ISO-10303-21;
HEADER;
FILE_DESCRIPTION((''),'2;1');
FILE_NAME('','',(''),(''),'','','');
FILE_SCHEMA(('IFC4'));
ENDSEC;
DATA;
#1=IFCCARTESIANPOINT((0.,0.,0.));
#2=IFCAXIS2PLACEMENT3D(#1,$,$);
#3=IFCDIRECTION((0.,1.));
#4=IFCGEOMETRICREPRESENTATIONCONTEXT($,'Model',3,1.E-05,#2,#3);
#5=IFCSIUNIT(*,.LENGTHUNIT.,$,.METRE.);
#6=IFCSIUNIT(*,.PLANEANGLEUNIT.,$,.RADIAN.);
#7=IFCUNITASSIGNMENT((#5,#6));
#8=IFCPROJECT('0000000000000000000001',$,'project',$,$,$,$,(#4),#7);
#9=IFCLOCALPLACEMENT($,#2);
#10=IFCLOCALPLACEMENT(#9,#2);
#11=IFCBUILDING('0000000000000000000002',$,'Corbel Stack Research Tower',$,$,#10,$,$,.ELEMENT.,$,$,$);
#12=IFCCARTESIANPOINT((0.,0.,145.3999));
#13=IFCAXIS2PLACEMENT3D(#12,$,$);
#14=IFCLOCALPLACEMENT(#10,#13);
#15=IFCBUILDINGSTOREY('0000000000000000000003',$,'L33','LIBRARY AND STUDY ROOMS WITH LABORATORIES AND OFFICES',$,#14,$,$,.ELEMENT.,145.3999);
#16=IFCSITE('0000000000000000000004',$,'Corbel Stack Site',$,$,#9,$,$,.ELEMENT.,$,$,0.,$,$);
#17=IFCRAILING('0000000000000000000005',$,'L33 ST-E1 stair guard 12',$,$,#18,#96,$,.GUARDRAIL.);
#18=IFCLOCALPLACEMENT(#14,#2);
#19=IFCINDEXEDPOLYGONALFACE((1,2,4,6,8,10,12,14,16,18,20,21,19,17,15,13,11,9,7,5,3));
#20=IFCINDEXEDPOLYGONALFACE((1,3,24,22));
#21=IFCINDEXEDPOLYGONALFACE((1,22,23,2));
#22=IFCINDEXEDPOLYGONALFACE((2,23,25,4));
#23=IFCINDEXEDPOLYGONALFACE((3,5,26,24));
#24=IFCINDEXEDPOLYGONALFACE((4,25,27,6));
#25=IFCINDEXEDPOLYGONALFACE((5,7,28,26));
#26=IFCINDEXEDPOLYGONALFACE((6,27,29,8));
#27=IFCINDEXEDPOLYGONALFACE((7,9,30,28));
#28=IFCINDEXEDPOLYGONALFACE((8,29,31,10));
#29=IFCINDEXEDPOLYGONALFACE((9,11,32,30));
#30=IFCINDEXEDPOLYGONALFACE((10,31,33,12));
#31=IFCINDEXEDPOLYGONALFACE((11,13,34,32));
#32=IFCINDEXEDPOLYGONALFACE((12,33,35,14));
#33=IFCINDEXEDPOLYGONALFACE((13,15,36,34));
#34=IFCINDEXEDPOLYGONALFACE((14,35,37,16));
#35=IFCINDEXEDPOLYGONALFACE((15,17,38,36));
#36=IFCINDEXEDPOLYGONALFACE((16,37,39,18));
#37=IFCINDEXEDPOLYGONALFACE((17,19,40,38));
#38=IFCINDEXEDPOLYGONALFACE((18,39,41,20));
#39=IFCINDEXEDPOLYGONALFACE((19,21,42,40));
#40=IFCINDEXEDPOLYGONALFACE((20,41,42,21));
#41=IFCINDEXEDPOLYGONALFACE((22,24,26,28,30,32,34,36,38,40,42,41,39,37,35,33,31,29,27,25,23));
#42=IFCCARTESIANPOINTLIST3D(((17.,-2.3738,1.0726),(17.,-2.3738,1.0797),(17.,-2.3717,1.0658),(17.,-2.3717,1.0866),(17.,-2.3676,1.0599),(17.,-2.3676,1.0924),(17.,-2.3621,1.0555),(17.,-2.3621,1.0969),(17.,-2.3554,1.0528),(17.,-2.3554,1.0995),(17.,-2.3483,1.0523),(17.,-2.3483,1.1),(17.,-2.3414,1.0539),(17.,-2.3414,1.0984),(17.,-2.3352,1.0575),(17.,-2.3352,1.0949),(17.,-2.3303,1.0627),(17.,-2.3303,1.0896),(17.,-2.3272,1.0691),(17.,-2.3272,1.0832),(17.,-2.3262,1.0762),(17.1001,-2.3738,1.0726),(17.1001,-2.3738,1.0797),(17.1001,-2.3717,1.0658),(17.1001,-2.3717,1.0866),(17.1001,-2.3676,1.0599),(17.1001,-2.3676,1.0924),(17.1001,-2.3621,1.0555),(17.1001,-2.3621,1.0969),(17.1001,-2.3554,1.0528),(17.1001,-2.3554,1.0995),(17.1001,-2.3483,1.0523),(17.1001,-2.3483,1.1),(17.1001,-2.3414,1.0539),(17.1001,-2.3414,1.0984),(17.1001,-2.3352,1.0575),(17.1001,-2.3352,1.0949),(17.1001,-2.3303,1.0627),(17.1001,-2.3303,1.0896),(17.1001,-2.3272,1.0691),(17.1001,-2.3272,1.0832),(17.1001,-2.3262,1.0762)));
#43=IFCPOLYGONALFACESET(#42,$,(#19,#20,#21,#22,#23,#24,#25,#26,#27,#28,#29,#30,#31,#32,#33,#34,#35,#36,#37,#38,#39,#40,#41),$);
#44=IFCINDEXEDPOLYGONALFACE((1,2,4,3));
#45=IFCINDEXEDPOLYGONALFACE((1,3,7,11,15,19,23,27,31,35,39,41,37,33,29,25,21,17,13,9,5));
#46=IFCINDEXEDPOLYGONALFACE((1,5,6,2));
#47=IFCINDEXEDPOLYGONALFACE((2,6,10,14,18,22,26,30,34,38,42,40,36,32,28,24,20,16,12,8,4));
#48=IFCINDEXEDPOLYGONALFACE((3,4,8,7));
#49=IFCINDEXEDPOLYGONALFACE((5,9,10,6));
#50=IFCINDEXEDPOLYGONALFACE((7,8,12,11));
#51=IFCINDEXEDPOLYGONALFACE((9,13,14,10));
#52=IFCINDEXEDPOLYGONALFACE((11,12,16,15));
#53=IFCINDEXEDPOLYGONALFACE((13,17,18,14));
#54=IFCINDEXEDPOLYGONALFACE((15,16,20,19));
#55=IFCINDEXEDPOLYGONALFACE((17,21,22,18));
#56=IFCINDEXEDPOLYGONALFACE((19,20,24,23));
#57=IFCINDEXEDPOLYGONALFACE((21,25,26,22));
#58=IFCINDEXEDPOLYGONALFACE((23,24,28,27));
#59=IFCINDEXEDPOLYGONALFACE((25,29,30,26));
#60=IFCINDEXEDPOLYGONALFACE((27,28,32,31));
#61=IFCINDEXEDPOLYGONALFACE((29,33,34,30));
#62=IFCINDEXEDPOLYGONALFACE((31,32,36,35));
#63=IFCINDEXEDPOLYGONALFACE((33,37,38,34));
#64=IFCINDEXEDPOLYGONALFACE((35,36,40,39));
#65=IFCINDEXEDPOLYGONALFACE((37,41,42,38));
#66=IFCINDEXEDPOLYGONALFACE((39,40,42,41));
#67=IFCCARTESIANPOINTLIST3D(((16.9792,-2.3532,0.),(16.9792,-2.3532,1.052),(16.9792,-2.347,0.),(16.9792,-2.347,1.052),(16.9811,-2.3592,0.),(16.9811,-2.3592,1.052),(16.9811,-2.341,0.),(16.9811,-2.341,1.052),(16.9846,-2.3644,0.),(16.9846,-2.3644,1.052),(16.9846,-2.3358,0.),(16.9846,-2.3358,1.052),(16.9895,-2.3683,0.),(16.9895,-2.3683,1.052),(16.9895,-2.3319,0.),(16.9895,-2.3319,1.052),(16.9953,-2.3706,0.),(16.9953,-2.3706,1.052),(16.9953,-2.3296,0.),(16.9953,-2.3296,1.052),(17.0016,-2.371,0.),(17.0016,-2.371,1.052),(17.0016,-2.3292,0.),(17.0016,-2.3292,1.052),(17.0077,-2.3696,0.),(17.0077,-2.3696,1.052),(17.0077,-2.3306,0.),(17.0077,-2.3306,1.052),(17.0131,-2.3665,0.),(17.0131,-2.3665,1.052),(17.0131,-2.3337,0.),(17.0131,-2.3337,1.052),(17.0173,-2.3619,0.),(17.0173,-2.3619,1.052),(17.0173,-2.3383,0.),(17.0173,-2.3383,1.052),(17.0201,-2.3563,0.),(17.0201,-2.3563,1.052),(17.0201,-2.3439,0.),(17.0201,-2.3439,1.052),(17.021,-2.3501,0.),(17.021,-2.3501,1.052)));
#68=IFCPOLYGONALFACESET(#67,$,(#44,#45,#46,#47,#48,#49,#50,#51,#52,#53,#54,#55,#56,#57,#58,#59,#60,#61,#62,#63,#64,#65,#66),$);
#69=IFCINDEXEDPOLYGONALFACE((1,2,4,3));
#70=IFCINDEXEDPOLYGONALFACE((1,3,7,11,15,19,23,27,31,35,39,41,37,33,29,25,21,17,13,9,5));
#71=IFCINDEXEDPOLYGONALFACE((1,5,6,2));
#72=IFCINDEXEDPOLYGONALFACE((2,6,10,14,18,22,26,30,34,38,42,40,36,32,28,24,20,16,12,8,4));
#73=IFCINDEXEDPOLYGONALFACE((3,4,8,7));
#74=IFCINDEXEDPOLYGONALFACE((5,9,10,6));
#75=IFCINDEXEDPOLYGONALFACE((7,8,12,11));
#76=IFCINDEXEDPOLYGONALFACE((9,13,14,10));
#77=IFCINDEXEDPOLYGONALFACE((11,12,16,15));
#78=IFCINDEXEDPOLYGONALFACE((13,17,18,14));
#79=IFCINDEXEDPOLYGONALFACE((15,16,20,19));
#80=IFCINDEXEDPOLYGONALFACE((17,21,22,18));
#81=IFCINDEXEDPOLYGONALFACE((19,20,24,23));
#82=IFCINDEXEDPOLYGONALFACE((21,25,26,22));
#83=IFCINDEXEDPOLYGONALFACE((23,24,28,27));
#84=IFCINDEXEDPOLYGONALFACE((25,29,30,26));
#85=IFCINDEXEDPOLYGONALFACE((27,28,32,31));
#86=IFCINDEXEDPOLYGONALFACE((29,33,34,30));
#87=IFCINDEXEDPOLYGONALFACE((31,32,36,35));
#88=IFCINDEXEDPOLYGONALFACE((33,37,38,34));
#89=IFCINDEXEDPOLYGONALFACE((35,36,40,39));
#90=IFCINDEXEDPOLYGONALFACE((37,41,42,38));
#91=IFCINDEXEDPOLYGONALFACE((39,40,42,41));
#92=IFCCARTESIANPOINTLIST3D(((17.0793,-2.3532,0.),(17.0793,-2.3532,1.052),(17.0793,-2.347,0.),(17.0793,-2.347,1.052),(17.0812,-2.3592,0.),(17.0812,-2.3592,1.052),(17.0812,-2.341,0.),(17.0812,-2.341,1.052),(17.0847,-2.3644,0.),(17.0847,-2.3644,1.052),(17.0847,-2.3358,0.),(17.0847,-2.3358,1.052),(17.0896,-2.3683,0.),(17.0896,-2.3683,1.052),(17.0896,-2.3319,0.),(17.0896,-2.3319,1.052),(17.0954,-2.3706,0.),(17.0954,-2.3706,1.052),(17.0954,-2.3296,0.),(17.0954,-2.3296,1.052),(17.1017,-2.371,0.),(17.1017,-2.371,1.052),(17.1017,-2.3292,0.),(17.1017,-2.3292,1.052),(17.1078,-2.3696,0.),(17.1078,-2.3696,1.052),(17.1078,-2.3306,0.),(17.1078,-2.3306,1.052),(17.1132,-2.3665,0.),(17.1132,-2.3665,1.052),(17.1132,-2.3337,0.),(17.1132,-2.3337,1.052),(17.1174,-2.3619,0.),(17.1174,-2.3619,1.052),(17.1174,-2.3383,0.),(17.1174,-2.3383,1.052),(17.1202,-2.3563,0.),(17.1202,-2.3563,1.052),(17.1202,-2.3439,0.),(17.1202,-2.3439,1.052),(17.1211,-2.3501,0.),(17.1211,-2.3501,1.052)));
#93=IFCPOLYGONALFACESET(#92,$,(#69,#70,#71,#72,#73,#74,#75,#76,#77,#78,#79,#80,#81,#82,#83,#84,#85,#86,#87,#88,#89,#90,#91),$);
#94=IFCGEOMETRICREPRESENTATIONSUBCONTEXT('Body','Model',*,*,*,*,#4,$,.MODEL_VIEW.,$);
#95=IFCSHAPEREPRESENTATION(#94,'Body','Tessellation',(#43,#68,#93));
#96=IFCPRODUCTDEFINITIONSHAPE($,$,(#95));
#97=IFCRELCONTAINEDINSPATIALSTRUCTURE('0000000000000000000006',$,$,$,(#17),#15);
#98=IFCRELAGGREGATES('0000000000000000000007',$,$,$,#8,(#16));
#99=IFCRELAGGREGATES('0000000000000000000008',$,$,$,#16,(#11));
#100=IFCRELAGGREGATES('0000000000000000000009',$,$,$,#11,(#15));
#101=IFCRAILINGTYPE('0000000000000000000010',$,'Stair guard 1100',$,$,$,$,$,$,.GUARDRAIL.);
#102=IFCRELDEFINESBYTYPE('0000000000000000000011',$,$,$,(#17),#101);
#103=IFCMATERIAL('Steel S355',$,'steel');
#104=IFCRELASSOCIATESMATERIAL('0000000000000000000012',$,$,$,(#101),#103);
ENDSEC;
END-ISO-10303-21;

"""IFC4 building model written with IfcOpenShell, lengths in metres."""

from ifc_helpers import new_model, si_unit, direction, frame, origin, origin_2d, place, context, subcontext, project, spatial, circle, extrude, material, type_object, element, save


model = new_model("IFC4")

# Units and contexts
model_context = context("Model", 3, precision=1e-05, world=origin(), true_north=direction((0.0, 1.0)))
body_context = subcontext(model_context, "Body", "Model", "MODEL_VIEW")
ifc_project = project(units=[si_unit("LENGTHUNIT", "METRE"), si_unit("PLANEANGLEUNIT", "RADIAN")], contexts=[model_context])

# Site, building, storey
site_placement = place(None, origin())
site = spatial("IfcSite", under=ifc_project, at=site_placement, Name="Corbel Stack Site", CompositionType="ELEMENT", RefElevation=0.0)
building_placement = place(site_placement, origin())
building = spatial("IfcBuilding", under=site, at=building_placement, Name="Corbel Stack Research Tower", CompositionType="ELEMENT")
storey_placement = place(building_placement, frame((0.0, 0.0, 145.3999)))
storey = spatial("IfcBuildingStorey", under=building, at=storey_placement, Name="L33", Description="LIBRARY AND STUDY ROOMS WITH LABORATORIES AND OFFICES", CompositionType="ELEMENT", Elevation=145.3999)

# Railing
ifc_material_1 = material(Name="Steel S355", Category="steel")
railing_type_1 = type_object("IfcRailingType", Name="Stair guard 1100", PredefinedType="GUARDRAIL", material=ifc_material_1)
railing_1_placement = place(storey_placement, frame((17.0, -2.3501, 0.0)))
element("IfcRailing", 1, at=railing_1_placement, inside=storey, type_object=railing_type_1, Name="L33 ST-E1 stair guard 12", PredefinedType="GUARDRAIL", context=body_context, shape_type="SweptSolid", body=[
    extrude(circle(Radius=0.0239, at=origin_2d()), frame((0.0, 0.0, 1.0762), z_axis=(1.0, 0.0, 0.0), x_axis=(0.0, 1.0, 0.0)), (0.0, 0.0, 1.0), 0.1001),
    extrude(circle(Radius=0.021, at=origin_2d()), origin(), (0.0, 0.0, 1.0), 1.052),
    extrude(circle(Radius=0.021, at=origin_2d()), frame((0.1001, 0.0, 0.0)), (0.0, 0.0, 1.0), 1.052),
])

save(model, "model.ifc")
